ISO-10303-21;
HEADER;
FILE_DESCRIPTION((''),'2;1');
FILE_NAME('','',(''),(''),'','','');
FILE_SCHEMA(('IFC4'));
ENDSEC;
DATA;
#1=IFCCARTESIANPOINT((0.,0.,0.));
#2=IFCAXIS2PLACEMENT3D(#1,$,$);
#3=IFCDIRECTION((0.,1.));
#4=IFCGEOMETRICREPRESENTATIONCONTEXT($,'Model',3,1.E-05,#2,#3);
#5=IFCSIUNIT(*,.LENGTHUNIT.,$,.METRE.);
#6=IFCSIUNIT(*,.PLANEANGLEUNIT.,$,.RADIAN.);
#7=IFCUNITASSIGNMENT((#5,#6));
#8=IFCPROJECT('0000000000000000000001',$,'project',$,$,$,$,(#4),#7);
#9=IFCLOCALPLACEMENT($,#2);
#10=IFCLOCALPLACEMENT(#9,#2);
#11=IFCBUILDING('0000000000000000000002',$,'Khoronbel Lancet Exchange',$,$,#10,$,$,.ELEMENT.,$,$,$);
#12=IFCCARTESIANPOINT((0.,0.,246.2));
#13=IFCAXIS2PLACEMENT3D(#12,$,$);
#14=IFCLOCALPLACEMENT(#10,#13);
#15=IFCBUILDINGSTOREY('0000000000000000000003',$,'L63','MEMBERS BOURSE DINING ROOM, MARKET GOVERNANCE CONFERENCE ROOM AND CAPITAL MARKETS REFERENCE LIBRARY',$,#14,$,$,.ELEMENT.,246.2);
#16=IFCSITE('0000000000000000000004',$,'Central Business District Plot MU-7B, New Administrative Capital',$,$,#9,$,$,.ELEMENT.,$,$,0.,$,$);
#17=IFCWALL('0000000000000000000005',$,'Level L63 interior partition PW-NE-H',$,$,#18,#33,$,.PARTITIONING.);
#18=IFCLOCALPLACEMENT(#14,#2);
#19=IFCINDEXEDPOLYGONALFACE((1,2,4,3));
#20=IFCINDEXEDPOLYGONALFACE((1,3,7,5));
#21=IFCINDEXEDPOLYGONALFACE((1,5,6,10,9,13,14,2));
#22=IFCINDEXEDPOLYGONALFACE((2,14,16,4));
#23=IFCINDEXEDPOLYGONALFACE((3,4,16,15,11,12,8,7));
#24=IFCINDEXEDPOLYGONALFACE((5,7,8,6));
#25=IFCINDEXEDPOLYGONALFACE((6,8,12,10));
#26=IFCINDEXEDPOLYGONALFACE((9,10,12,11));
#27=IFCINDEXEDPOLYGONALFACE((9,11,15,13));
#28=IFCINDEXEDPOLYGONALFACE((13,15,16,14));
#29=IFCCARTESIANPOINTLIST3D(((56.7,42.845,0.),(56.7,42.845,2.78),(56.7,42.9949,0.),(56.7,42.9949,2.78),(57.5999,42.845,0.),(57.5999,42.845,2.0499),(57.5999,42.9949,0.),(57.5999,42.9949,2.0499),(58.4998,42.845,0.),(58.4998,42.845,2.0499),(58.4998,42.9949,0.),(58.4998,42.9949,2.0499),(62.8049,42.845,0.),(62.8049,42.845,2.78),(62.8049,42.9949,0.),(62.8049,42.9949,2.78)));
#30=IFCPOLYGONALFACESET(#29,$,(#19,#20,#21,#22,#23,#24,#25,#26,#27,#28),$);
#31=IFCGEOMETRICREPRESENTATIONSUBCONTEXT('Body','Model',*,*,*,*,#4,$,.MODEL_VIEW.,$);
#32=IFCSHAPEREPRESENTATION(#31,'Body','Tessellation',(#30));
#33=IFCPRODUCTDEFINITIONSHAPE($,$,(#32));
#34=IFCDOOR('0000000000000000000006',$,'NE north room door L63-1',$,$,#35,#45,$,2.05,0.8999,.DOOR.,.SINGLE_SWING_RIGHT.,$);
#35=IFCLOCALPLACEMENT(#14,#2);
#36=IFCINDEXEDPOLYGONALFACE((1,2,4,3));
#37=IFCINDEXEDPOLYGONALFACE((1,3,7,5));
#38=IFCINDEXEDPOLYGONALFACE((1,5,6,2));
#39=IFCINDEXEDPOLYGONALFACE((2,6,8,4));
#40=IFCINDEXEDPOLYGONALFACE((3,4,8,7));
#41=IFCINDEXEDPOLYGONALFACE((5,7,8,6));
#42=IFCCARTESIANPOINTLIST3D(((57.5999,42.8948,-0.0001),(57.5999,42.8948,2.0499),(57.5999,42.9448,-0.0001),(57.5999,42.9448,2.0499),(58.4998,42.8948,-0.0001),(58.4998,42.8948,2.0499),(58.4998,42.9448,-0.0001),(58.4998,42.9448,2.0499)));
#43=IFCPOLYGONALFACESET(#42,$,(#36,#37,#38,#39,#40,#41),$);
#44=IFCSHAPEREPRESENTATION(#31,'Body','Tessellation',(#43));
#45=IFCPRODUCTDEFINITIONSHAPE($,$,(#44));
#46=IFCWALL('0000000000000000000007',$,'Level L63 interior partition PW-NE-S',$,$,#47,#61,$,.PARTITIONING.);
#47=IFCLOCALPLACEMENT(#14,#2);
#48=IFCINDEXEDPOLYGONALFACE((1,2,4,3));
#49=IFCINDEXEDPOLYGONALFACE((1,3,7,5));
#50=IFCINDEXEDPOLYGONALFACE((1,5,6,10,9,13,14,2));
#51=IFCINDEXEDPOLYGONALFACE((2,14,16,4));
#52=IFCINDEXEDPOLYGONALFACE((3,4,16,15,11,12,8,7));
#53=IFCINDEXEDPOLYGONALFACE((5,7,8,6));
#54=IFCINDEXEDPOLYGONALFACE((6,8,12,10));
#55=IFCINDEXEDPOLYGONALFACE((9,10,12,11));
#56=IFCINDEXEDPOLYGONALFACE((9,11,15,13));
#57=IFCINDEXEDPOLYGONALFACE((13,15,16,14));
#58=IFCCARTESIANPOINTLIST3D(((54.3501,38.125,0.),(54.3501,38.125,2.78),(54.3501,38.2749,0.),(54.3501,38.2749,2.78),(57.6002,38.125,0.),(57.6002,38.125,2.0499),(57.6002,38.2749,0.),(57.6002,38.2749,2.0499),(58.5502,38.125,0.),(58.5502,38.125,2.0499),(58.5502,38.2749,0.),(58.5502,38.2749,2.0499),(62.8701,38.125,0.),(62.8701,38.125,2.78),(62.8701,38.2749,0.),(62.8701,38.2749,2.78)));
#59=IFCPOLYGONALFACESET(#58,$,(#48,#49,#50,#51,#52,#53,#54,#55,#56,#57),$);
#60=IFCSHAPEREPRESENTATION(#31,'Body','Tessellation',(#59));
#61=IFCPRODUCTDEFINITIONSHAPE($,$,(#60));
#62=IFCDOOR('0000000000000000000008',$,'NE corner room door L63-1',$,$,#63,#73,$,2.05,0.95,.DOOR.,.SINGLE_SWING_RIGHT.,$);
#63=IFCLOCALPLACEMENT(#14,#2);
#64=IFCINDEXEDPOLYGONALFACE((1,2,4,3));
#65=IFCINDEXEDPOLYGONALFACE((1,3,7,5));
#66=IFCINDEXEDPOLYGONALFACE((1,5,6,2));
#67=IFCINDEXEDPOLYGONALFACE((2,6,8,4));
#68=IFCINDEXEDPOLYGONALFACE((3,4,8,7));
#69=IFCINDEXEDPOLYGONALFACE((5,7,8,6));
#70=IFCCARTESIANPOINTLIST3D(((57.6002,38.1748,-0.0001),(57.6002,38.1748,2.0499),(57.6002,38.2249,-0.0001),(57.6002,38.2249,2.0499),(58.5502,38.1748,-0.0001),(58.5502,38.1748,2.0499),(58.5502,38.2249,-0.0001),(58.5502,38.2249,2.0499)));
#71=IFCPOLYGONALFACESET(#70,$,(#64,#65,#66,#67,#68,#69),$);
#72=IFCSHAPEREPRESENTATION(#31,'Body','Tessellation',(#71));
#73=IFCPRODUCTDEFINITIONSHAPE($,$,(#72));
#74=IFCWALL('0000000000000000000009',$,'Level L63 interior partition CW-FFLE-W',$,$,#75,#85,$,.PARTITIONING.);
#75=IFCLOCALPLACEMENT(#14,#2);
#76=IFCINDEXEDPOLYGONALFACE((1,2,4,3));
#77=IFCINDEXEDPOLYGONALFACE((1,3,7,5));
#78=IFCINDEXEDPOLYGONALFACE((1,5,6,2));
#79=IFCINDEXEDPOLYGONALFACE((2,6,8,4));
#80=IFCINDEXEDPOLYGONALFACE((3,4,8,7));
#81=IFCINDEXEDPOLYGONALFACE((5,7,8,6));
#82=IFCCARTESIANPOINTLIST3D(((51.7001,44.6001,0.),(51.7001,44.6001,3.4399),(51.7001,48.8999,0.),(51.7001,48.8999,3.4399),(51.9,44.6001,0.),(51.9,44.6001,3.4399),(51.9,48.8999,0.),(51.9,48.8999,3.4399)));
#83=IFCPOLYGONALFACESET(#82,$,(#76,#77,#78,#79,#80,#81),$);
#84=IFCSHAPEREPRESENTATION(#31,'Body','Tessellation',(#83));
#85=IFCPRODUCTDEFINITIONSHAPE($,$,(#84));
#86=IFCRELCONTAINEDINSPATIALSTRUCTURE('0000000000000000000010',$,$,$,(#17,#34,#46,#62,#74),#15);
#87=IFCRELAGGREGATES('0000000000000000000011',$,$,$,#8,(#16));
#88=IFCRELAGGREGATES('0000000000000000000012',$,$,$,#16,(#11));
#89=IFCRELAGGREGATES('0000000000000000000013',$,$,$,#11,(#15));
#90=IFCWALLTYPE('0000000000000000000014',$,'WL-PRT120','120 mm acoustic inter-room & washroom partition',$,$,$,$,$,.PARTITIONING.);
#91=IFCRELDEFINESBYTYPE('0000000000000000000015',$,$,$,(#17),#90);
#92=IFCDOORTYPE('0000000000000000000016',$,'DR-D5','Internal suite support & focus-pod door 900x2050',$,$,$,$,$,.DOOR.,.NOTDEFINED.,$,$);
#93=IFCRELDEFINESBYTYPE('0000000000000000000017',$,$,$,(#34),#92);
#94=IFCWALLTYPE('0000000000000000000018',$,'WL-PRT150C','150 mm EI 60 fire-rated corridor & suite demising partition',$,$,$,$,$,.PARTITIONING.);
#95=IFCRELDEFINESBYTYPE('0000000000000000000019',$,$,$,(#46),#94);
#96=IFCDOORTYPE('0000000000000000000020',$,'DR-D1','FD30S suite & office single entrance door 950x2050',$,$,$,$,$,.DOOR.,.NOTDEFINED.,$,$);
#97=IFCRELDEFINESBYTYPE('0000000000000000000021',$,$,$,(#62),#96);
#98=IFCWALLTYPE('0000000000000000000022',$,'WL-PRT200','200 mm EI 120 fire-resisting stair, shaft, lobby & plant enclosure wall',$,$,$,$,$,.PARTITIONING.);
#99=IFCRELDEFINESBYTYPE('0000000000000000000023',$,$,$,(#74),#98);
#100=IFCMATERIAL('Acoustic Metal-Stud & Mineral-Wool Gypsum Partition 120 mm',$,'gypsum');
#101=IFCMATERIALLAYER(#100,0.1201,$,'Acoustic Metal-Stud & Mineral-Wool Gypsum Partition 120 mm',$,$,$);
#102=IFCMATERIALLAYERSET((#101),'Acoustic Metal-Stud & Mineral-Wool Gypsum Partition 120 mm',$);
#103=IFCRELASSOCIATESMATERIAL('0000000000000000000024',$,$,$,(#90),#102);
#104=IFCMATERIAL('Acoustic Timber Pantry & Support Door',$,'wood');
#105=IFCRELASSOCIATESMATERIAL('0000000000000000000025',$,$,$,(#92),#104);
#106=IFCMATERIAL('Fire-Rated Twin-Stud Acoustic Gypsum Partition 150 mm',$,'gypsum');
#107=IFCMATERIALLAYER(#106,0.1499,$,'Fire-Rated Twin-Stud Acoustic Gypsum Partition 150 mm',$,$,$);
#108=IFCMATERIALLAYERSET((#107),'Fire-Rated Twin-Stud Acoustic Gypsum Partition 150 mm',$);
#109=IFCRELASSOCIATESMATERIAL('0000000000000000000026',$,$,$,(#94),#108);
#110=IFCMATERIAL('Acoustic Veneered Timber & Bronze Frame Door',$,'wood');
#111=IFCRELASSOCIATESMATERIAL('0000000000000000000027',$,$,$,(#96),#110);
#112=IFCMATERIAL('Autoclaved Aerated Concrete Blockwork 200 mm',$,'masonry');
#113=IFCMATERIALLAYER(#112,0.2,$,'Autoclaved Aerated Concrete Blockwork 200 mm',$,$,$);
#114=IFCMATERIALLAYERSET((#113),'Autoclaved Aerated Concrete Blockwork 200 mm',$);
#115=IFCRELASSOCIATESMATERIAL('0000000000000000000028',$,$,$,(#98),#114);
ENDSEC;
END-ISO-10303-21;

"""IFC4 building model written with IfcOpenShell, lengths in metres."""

from ifc_helpers import new_model, si_unit, direction, frame, frame_2d, origin, place, context, subcontext, project, spatial, rectangle, extrude, material, layer, layer_set, type_object, element, fill, save


model = new_model("IFC4")

# Units and contexts
model_context = context("Model", 3, precision=1e-05, world=origin(), true_north=direction((0.0, 1.0)))
body_context = subcontext(model_context, "Body", "Model", "MODEL_VIEW")
ifc_project = project(units=[si_unit("LENGTHUNIT", "METRE"), si_unit("PLANEANGLEUNIT", "RADIAN")], contexts=[model_context])

# Site, building, storey
site_placement = place(None, origin())
site = spatial("IfcSite", under=ifc_project, at=site_placement, Name="Central Business District Plot MU-7B, New Administrative Capital", CompositionType="ELEMENT", RefElevation=0.0)
building_placement = place(site_placement, origin())
building = spatial("IfcBuilding", under=site, at=building_placement, Name="Khoronbel Lancet Exchange", CompositionType="ELEMENT")
storey_placement = place(building_placement, frame((0.0, 0.0, 246.2)))
storey = spatial("IfcBuildingStorey", under=building, at=storey_placement, Name="L63", Description="MEMBERS BOURSE DINING ROOM, MARKET GOVERNANCE CONFERENCE ROOM AND CAPITAL MARKETS REFERENCE LIBRARY", CompositionType="ELEMENT", Elevation=246.2)

# Shared definitions
ifc_material_1 = material(Name="Acoustic Metal-Stud & Mineral-Wool Gypsum Partition 120 mm", Category="gypsum")
ifc_layer_1 = layer(ifc_material_1, 0.1201, Name="Acoustic Metal-Stud & Mineral-Wool Gypsum Partition 120 mm")
ifc_layer_set_1 = layer_set([ifc_layer_1], Name="Acoustic Metal-Stud & Mineral-Wool Gypsum Partition 120 mm")
wall_type_1 = type_object("IfcWallType", Name="WL-PRT120", Description="120 mm acoustic inter-room & washroom partition", PredefinedType="PARTITIONING", material=ifc_layer_set_1)

# Walls, openings, doors
wall_1_placement = place(storey_placement, frame((56.7, 42.9199, 0.0), z_axis=(0.0, 0.0, 1.0), x_axis=(1.0, 0.0, 0.0)))
wall_1 = element("IfcWall", 1, at=wall_1_placement, inside=storey, type_object=wall_type_1, Name="Level L63 interior partition PW-NE-H", PredefinedType="PARTITIONING", context=body_context, shape_type="SweptSolid", body=[
    extrude(rectangle(XDim=6.105, YDim=0.1499, at=frame_2d((3.0525, 0.0))), origin(), (0.0, 0.0, 1.0), 2.78),
])
opening_1_placement = place(wall_1_placement, frame((0.8999, 0.0, 0.0)))
opening_1 = element("IfcOpeningElement", 2, at=opening_1_placement, cuts=wall_1, PredefinedType="OPENING", context=body_context, shape_type="SweptSolid", body=[
    extrude(rectangle(XDim=0.8999, YDim=2.05, at=frame_2d((0.45, 1.0249))), frame((0.0, 0.085, 0.0), z_axis=(0.0, -1.0, 0.0), x_axis=(1.0, 0.0, 0.0)), (0.0, 0.0, 1.0), 0.1699),
])
ifc_material_2 = material(Name="Acoustic Timber Pantry & Support Door", Category="wood")
door_type_1 = type_object("IfcDoorType", Name="DR-D5", Description="Internal suite support & focus-pod door 900x2050", OperationType="NOTDEFINED", PredefinedType="DOOR", material=ifc_material_2)
door_1_placement = place(opening_1_placement, origin())
door_1 = element("IfcDoor", 3, at=door_1_placement, inside=storey, type_object=door_type_1, Name="NE north room door L63-1", OperationType="SINGLE_SWING_RIGHT", OverallHeight=2.05, OverallWidth=0.8999, PredefinedType="DOOR", context=body_context, shape_type="SweptSolid", body=[
    extrude(rectangle(XDim=0.8999, YDim=2.05, at=frame_2d((0.45, 1.0249))), frame((0.0, 0.0249, 0.0), z_axis=(0.0, -1.0, 0.0), x_axis=(1.0, 0.0, 0.0)), (0.0, 0.0, 1.0), 0.05),
])
fill(opening_1, door_1)
ifc_material_3 = material(Name="Fire-Rated Twin-Stud Acoustic Gypsum Partition 150 mm", Category="gypsum")
ifc_layer_2 = layer(ifc_material_3, 0.1499, Name="Fire-Rated Twin-Stud Acoustic Gypsum Partition 150 mm")
ifc_layer_set_2 = layer_set([ifc_layer_2], Name="Fire-Rated Twin-Stud Acoustic Gypsum Partition 150 mm")
wall_type_2 = type_object("IfcWallType", Name="WL-PRT150C", Description="150 mm EI 60 fire-rated corridor & suite demising partition", PredefinedType="PARTITIONING", material=ifc_layer_set_2)
wall_2_placement = place(storey_placement, frame((54.3501, 38.2, 0.0), z_axis=(0.0, 0.0, 1.0), x_axis=(1.0, 0.0, 0.0)))
wall_2 = element("IfcWall", 4, at=wall_2_placement, inside=storey, type_object=wall_type_2, Name="Level L63 interior partition PW-NE-S", PredefinedType="PARTITIONING", context=body_context, shape_type="SweptSolid", body=[
    extrude(rectangle(XDim=8.52, YDim=0.1499, at=frame_2d((4.26, 0.0))), origin(), (0.0, 0.0, 1.0), 2.78),
])
opening_2_placement = place(wall_2_placement, frame((3.25, 0.0, 0.0)))
opening_2 = element("IfcOpeningElement", 5, at=opening_2_placement, cuts=wall_2, PredefinedType="OPENING", context=body_context, shape_type="SweptSolid", body=[
    extrude(rectangle(XDim=0.95, YDim=2.05, at=frame_2d((0.4751, 1.0249))), frame((0.0, 0.085, 0.0), z_axis=(0.0, -1.0, 0.0), x_axis=(1.0, 0.0, 0.0)), (0.0, 0.0, 1.0), 0.1699),
])
ifc_material_4 = material(Name="Acoustic Veneered Timber & Bronze Frame Door", Category="wood")
door_type_2 = type_object("IfcDoorType", Name="DR-D1", Description="FD30S suite & office single entrance door 950x2050", OperationType="NOTDEFINED", PredefinedType="DOOR", material=ifc_material_4)
door_2_placement = place(opening_2_placement, origin())
door_2 = element("IfcDoor", 6, at=door_2_placement, inside=storey, type_object=door_type_2, Name="NE corner room door L63-1", OperationType="SINGLE_SWING_RIGHT", OverallHeight=2.05, OverallWidth=0.95, PredefinedType="DOOR", context=body_context, shape_type="SweptSolid", body=[
    extrude(rectangle(XDim=0.95, YDim=2.05, at=frame_2d((0.4751, 1.0249))), frame((0.0, 0.0249, 0.0), z_axis=(0.0, -1.0, 0.0), x_axis=(1.0, 0.0, 0.0)), (0.0, 0.0, 1.0), 0.05),
])
fill(opening_2, door_2)

# Wall
ifc_material_5 = material(Name="Autoclaved Aerated Concrete Blockwork 200 mm", Category="masonry")
ifc_layer_3 = layer(ifc_material_5, 0.2, Name="Autoclaved Aerated Concrete Blockwork 200 mm")
ifc_layer_set_3 = layer_set([ifc_layer_3], Name="Autoclaved Aerated Concrete Blockwork 200 mm")
wall_type_3 = type_object("IfcWallType", Name="WL-PRT200", Description="200 mm EI 120 fire-resisting stair, shaft, lobby & plant enclosure wall", PredefinedType="PARTITIONING", material=ifc_layer_set_3)
wall_3_placement = place(storey_placement, frame((51.8, 44.6001, 0.0), z_axis=(0.0, 0.0, 1.0), x_axis=(0.0, 1.0, 0.0)))
element("IfcWall", 7, at=wall_3_placement, inside=storey, type_object=wall_type_3, Name="Level L63 interior partition CW-FFLE-W", PredefinedType="PARTITIONING", context=body_context, shape_type="SweptSolid", body=[
    extrude(rectangle(XDim=4.2998, YDim=0.2, at=frame_2d((2.1499, 0.0))), origin(), (0.0, 0.0, 1.0), 3.4399),
])

save(model, "model.ifc")
